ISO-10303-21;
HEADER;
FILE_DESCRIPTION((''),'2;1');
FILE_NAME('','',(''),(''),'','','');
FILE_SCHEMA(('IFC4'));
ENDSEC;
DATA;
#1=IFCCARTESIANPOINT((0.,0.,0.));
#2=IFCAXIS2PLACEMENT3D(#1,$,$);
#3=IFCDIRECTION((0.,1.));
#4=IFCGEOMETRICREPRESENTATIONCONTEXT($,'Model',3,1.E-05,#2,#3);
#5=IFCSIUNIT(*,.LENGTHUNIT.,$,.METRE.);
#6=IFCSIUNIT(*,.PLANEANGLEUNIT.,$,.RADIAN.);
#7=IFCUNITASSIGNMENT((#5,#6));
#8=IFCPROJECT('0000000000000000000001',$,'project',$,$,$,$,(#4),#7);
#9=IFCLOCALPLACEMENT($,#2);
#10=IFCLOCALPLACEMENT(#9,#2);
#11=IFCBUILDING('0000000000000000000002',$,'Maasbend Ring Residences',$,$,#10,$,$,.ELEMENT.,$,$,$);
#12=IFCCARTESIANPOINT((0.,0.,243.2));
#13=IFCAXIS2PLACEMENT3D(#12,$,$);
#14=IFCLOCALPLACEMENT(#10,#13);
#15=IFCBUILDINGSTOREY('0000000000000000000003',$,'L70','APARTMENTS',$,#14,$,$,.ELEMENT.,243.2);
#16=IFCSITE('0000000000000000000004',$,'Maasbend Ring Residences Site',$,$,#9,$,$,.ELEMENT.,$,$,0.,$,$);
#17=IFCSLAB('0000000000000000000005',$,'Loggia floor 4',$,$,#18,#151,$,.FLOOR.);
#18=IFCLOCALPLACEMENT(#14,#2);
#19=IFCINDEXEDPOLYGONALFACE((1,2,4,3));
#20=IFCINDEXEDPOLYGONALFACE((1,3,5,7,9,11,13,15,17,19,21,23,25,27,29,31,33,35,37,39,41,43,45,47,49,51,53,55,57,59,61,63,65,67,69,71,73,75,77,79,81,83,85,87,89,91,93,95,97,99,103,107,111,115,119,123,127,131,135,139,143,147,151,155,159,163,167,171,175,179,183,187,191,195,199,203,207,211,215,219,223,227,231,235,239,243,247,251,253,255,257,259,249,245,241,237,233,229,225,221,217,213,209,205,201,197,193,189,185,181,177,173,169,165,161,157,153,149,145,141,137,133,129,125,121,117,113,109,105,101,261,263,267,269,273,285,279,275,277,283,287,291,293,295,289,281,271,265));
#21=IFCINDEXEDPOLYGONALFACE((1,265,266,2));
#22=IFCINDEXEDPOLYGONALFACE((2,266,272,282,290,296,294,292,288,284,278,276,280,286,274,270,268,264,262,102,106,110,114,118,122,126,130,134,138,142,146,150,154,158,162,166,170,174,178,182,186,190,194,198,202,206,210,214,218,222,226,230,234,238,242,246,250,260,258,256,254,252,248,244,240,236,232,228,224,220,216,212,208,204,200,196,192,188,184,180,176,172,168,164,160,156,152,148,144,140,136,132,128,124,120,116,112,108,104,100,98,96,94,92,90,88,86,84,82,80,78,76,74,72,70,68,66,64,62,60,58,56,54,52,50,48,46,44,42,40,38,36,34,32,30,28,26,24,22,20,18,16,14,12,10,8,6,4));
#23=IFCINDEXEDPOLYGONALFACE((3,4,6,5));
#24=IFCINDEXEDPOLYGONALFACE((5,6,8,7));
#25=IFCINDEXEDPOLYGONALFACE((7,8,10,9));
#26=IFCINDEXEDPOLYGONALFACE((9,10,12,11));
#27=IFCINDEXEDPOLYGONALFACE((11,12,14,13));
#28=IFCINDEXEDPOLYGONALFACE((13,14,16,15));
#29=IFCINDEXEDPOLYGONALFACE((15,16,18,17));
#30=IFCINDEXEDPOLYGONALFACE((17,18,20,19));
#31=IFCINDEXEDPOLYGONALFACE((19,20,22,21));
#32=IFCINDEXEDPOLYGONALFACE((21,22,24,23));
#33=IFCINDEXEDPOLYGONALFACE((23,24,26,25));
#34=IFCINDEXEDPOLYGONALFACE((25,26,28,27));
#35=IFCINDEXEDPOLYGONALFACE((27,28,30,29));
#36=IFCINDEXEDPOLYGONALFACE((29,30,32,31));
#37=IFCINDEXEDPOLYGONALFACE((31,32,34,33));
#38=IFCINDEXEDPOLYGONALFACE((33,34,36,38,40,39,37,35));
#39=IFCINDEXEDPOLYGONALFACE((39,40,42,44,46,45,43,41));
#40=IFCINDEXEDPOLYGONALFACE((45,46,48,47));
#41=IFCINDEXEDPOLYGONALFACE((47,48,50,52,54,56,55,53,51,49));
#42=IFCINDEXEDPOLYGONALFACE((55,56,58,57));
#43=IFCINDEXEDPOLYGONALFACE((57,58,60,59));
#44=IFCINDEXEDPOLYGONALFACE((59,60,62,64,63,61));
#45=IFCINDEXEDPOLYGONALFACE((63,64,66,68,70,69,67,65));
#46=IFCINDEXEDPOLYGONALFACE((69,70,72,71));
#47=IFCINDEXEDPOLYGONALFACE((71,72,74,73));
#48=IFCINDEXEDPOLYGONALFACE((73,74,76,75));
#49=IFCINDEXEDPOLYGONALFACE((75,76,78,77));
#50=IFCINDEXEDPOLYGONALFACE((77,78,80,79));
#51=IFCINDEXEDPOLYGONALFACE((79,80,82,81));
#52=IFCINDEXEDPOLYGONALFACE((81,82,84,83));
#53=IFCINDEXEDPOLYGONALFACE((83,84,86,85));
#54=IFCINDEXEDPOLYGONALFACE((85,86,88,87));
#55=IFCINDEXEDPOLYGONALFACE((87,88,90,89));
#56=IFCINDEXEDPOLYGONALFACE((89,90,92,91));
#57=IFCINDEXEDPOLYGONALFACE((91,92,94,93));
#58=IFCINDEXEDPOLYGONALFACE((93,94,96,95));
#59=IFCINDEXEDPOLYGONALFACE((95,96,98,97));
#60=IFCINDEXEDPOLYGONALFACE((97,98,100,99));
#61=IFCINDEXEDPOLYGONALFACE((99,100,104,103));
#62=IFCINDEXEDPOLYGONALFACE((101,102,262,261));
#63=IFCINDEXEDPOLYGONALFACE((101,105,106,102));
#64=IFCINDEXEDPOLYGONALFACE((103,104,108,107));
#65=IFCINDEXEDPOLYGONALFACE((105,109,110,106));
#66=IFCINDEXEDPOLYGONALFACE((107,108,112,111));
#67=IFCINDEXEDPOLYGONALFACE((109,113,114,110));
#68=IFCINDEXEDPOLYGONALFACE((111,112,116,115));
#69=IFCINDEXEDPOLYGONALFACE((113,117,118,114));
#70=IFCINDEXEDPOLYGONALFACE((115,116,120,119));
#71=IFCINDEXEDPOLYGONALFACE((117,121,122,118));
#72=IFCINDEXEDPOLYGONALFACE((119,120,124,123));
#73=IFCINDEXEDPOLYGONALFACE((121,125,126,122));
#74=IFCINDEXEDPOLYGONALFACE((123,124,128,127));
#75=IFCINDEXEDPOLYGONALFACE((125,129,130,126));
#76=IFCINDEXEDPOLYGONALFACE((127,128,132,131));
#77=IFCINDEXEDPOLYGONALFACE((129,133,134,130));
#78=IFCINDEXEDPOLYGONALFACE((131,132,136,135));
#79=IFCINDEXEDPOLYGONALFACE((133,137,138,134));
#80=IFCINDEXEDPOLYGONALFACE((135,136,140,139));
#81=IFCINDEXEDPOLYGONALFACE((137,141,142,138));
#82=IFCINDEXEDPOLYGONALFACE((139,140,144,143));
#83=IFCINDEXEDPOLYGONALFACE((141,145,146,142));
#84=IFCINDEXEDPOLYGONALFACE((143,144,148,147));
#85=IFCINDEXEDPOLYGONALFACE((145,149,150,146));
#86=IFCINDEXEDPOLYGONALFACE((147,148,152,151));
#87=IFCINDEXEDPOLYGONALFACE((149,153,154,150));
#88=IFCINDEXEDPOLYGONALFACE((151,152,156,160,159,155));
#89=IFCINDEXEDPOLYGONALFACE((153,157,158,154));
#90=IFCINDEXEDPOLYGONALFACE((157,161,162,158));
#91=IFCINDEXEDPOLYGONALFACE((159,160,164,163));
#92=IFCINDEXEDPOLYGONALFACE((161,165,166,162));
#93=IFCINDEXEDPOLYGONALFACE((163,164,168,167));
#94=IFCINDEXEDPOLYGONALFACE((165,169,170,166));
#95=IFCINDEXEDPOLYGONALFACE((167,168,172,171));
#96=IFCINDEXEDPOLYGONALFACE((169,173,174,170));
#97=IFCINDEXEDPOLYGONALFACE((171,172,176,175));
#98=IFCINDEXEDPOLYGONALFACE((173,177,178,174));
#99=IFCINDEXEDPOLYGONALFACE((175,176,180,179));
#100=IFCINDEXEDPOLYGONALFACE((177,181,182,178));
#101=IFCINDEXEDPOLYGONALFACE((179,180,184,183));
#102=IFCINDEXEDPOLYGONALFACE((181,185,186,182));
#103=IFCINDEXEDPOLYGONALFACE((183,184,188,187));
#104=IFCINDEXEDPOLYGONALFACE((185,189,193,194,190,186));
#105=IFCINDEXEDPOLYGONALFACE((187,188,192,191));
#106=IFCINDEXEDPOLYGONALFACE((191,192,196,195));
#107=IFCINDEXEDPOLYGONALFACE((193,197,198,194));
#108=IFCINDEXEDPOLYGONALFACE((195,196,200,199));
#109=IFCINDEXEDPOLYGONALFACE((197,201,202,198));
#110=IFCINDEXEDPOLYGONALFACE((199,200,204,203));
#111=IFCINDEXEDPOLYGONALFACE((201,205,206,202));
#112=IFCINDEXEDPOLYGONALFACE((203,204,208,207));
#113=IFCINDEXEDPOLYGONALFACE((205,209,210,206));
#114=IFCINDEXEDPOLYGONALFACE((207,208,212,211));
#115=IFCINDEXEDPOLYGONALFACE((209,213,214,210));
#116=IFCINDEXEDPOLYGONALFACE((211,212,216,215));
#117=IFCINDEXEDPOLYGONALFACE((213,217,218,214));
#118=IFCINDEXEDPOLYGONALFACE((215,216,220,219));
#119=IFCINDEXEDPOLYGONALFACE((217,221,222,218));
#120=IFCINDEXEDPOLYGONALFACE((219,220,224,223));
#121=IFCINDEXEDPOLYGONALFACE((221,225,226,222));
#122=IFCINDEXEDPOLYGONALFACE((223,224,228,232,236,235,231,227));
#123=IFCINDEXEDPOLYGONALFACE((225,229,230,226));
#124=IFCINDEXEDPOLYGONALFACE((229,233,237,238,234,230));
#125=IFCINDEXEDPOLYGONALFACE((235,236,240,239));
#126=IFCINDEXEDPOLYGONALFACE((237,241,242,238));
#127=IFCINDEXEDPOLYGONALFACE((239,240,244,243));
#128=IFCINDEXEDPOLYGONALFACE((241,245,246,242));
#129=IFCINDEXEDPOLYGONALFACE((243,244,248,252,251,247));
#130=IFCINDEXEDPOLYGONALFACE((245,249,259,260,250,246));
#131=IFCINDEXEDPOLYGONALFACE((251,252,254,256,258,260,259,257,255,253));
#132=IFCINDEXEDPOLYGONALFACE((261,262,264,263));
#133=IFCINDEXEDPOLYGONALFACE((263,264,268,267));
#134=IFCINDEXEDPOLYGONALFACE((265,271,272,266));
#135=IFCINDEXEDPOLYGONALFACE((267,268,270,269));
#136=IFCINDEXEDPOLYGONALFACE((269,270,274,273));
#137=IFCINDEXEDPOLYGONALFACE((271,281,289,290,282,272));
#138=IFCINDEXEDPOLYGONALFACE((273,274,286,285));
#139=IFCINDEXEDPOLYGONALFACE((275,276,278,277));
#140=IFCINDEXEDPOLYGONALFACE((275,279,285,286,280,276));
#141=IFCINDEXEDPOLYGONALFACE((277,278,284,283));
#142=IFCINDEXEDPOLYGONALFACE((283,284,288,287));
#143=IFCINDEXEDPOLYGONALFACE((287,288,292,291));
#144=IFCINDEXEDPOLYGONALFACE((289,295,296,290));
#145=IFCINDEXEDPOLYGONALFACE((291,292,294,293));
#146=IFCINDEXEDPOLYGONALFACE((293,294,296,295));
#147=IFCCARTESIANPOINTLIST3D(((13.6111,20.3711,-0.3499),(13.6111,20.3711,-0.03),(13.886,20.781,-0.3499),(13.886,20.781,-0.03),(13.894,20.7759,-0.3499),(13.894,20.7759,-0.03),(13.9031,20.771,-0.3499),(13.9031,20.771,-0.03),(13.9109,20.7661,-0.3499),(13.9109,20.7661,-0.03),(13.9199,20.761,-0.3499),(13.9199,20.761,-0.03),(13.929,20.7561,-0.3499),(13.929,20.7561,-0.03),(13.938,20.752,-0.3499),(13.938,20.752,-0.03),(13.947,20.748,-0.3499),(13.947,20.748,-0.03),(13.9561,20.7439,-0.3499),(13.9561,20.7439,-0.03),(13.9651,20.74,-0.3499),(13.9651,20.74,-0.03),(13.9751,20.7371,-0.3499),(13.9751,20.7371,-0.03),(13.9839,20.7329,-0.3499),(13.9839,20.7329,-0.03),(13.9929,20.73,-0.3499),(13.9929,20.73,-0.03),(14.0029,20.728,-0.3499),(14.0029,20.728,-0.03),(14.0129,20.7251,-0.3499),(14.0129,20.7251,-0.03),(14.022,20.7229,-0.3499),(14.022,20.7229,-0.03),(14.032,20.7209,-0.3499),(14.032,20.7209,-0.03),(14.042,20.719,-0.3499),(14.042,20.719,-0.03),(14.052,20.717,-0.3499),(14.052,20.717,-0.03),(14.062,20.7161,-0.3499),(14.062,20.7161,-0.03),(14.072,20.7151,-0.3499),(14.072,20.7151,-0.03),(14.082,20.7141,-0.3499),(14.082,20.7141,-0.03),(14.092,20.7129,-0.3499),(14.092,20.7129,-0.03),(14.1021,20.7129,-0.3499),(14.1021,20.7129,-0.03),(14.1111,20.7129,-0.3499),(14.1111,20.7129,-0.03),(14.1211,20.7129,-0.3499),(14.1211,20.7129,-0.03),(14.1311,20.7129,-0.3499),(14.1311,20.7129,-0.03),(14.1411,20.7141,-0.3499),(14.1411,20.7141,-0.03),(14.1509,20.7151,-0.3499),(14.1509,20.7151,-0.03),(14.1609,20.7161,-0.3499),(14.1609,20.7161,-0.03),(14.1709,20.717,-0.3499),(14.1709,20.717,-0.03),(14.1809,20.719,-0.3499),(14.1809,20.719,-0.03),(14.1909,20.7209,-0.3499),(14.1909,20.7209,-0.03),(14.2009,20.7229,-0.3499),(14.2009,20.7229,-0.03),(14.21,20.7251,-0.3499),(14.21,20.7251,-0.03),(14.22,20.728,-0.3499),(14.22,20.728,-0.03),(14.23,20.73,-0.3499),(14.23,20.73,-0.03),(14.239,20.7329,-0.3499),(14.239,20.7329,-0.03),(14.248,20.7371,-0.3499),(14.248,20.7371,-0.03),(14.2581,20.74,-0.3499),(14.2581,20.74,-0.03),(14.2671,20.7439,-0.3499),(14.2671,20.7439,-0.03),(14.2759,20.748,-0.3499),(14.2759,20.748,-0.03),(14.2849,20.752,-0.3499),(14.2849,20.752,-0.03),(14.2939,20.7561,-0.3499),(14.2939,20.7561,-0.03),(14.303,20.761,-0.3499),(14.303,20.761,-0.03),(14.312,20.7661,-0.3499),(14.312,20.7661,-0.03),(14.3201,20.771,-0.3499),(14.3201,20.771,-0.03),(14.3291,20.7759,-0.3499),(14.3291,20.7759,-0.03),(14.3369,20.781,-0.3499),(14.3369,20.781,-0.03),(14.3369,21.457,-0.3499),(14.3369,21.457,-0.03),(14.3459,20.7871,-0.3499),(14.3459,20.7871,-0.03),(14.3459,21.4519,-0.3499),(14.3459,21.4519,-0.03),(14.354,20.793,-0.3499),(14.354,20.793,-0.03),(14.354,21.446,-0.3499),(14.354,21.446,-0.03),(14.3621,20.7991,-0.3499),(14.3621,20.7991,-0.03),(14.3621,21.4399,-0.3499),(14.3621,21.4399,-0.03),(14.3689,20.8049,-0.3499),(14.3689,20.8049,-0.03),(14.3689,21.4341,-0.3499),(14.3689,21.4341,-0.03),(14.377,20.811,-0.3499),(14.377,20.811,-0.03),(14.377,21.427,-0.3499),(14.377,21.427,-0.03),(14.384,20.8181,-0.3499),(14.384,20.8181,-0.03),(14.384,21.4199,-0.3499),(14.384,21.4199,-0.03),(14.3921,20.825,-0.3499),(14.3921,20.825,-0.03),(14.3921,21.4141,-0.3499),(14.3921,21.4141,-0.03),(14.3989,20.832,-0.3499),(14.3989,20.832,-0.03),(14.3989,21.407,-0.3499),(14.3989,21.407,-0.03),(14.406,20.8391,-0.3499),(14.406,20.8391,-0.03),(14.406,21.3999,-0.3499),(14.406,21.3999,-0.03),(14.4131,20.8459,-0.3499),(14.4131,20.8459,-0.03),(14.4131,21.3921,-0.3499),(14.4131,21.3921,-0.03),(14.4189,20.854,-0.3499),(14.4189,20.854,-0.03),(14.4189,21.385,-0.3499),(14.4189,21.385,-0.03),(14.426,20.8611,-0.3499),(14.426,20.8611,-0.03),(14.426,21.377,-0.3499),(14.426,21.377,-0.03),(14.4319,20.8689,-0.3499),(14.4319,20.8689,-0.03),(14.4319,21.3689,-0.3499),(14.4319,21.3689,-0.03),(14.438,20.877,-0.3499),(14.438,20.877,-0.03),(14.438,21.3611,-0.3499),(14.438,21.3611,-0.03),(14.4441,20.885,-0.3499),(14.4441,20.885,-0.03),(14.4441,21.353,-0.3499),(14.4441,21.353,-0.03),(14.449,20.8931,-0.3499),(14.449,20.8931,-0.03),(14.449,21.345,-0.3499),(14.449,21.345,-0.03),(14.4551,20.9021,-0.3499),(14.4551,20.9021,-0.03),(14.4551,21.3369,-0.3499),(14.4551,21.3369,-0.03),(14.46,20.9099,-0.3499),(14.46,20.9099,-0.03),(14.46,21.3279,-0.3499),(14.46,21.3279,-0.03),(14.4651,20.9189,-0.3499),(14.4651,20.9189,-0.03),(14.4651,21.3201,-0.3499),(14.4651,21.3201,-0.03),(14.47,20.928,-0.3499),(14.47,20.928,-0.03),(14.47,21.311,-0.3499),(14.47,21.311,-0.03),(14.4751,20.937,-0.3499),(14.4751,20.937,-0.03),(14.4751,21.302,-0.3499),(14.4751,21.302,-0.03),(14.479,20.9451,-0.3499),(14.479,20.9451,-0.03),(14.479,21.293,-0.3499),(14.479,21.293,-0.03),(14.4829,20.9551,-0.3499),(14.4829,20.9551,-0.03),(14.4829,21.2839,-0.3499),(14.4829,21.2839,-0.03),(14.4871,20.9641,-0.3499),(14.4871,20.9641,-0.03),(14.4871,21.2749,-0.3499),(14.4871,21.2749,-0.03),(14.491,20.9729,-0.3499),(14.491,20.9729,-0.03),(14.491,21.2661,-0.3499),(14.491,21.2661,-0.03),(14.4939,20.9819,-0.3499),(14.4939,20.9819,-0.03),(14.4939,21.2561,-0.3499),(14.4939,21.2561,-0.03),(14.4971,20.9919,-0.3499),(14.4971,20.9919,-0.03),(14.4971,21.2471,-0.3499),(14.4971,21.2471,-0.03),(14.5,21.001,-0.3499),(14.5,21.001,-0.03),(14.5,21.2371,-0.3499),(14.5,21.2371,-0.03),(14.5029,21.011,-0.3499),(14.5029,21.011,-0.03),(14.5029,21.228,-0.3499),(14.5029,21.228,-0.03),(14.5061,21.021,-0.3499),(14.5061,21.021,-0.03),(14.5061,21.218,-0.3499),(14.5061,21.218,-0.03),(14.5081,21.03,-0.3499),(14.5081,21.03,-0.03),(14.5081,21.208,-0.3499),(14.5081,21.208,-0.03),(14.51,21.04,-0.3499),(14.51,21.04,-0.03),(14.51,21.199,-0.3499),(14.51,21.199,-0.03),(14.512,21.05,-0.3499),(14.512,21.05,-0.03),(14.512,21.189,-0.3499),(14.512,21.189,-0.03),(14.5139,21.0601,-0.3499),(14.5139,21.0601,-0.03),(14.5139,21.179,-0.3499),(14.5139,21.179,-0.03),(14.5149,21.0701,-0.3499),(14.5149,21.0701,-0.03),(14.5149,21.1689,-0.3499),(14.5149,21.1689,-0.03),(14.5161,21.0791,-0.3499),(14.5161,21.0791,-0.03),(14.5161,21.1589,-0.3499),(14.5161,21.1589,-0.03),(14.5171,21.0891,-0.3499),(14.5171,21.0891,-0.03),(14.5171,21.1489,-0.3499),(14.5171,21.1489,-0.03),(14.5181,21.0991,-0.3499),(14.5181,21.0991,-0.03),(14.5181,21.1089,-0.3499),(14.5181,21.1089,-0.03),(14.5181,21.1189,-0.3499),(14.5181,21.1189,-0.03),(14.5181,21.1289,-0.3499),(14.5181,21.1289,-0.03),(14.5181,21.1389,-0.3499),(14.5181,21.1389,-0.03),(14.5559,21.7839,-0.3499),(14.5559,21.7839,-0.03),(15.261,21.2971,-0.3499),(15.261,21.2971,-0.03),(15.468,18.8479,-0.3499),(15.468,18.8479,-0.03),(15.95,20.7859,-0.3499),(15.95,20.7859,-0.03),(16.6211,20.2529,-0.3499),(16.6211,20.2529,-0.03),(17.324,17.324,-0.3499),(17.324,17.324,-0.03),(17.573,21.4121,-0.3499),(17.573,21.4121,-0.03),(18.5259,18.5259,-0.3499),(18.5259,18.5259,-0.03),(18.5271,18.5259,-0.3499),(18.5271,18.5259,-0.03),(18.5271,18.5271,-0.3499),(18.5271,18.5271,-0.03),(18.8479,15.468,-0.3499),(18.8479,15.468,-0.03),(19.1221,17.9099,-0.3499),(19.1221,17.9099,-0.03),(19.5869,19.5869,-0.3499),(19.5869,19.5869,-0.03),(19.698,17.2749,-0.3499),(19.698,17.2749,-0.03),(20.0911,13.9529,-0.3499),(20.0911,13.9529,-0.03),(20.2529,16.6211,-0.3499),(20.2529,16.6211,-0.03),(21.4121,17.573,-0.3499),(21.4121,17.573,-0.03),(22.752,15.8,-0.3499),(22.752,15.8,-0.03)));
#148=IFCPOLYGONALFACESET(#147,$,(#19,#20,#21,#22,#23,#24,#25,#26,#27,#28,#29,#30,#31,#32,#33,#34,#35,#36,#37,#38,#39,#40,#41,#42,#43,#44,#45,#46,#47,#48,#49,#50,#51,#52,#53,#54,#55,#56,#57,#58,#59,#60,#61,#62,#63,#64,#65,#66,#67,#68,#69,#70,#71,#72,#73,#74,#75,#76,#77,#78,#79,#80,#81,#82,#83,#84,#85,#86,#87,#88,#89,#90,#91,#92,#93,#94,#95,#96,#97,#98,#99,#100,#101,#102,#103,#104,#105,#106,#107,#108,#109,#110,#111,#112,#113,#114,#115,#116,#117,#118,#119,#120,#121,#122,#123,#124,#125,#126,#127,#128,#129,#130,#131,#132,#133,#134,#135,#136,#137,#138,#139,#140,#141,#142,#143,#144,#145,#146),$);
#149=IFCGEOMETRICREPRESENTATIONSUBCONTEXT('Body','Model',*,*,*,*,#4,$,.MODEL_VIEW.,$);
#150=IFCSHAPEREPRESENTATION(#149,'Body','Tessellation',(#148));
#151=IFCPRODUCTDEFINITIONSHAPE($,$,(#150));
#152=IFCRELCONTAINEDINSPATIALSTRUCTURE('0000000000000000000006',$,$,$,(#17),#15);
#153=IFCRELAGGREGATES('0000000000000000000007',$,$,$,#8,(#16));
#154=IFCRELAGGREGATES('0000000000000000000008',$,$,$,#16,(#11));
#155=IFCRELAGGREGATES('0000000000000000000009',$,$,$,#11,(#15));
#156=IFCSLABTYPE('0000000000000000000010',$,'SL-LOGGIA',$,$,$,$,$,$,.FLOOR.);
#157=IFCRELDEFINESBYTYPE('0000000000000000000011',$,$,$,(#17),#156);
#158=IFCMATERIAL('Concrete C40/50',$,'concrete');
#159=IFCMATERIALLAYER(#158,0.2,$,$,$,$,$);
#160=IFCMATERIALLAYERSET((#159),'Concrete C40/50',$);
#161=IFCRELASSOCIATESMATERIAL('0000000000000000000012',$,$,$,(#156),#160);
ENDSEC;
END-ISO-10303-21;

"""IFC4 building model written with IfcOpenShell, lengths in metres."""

from ifc_helpers import new_model, si_unit, direction, frame, origin, place, context, subcontext, project, spatial, polyline, outline, extrude, material, layer, layer_set, type_object, element, save


model = new_model("IFC4")

# Units and contexts
model_context = context("Model", 3, precision=1e-05, world=origin(), true_north=direction((0.0, 1.0)))
body_context = subcontext(model_context, "Body", "Model", "MODEL_VIEW")
ifc_project = project(units=[si_unit("LENGTHUNIT", "METRE"), si_unit("PLANEANGLEUNIT", "RADIAN")], contexts=[model_context])

# Site, building, storey
site_placement = place(None, origin())
site = spatial("IfcSite", under=ifc_project, at=site_placement, Name="Maasbend Ring Residences Site", CompositionType="ELEMENT", RefElevation=0.0)
building_placement = place(site_placement, origin())
building = spatial("IfcBuilding", under=site, at=building_placement, Name="Maasbend Ring Residences", CompositionType="ELEMENT")
storey_placement = place(building_placement, frame((0.0, 0.0, 243.2)))
storey = spatial("IfcBuildingStorey", under=building, at=storey_placement, Name="L70", Description="APARTMENTS", CompositionType="ELEMENT", Elevation=243.2)

# Slab
ifc_material_1 = material(Name="Concrete C40/50", Category="concrete")
ifc_layer_1 = layer(ifc_material_1, 0.2)
ifc_layer_set_1 = layer_set([ifc_layer_1], Name="Concrete C40/50")
slab_type_1 = type_object("IfcSlabType", Name="SL-LOGGIA", PredefinedType="FLOOR", material=ifc_layer_set_1)
slab_1_placement = place(storey_placement, frame((0.0, 0.0, -0.3499)))
element("IfcSlab", 1, at=slab_1_placement, inside=storey, type_object=slab_type_1, Name="Loggia floor 4", PredefinedType="FLOOR", context=body_context, shape_type="SweptSolid", body=[
    extrude(outline(polyline([(13.886, 20.781), (13.894, 20.7759), (13.9031, 20.771), (13.9109, 20.7661), (13.9199, 20.761), (13.929, 20.7561), (13.938, 20.752), (13.947, 20.748), (13.9561, 20.7439), (13.9651, 20.74), (13.9751, 20.7371), (13.9839, 20.7329), (13.9929, 20.73), (14.0029, 20.728), (14.0129, 20.7251), (14.022, 20.7229), (14.032, 20.7209), (14.042, 20.719), (14.052, 20.717), (14.062, 20.7161), (14.072, 20.7151), (14.082, 20.7141), (14.092, 20.7129), (14.1021, 20.7129), (14.1111, 20.7129), (14.1211, 20.7129), (14.1311, 20.7129), (14.1411, 20.7141), (14.1509, 20.7151), (14.1609, 20.7161), (14.1709, 20.717), (14.1809, 20.719), (14.1909, 20.7209), (14.2009, 20.7229), (14.21, 20.7251), (14.22, 20.728), (14.23, 20.73), (14.239, 20.7329), (14.248, 20.7371), (14.2581, 20.74), (14.2671, 20.7439), (14.2759, 20.748), (14.2849, 20.752), (14.2939, 20.7561), (14.303, 20.761), (14.312, 20.7661), (14.3201, 20.771), (14.3291, 20.7759), (14.3369, 20.781), (14.3459, 20.7871), (14.354, 20.793), (14.3621, 20.7991), (14.3689, 20.8049), (14.377, 20.811), (14.384, 20.8181), (14.3921, 20.825), (14.3989, 20.832), (14.406, 20.8391), (14.4131, 20.8459), (14.4189, 20.854), (14.426, 20.8611), (14.4319, 20.8689), (14.438, 20.877), (14.4441, 20.885), (14.449, 20.8931), (14.4551, 20.9021), (14.46, 20.9099), (14.4651, 20.9189), (14.47, 20.928), (14.4751, 20.937), (14.479, 20.9451), (14.4829, 20.9551), (14.4871, 20.9641), (14.491, 20.9729), (14.4939, 20.9819), (14.4971, 20.9919), (14.5, 21.001), (14.5029, 21.011), (14.5061, 21.021), (14.5081, 21.03), (14.51, 21.04), (14.512, 21.05), (14.5139, 21.0601), (14.5149, 21.0701), (14.5161, 21.0791), (14.5171, 21.0891), (14.5181, 21.0991), (14.5181, 21.1089), (14.5181, 21.1189), (14.5181, 21.1289), (14.5181, 21.1389), (14.5171, 21.1489), (14.5161, 21.1589), (14.5149, 21.1689), (14.5139, 21.179), (14.512, 21.189), (14.51, 21.199), (14.5081, 21.208), (14.5061, 21.218), (14.5029, 21.228), (14.5, 21.2371), (14.4971, 21.2471), (14.4939, 21.2561), (14.491, 21.2661), (14.4871, 21.2749), (14.4829, 21.2839), (14.479, 21.293), (14.4751, 21.302), (14.47, 21.311), (14.4651, 21.3201), (14.46, 21.3279), (14.4551, 21.3369), (14.449, 21.345), (14.4441, 21.353), (14.438, 21.3611), (14.4319, 21.3689), (14.426, 21.377), (14.4189, 21.385), (14.4131, 21.3921), (14.406, 21.3999), (14.3989, 21.407), (14.3921, 21.4141), (14.384, 21.4199), (14.377, 21.427), (14.3689, 21.4341), (14.3621, 21.4399), (14.354, 21.446), (14.3459, 21.4519), (14.3369, 21.457), (14.5559, 21.7839), (15.261, 21.2971), (15.95, 20.7859), (16.6211, 20.2529), (16.6211, 20.2529), (16.6211, 20.2529), (16.6211, 20.2529), (16.6211, 20.2529), (16.6211, 20.2529), (16.6211, 20.2529), (16.6211, 20.2529), (16.6211, 20.2529), (16.6211, 20.2529), (16.6211, 20.2529), (16.6211, 20.2529), (16.6211, 20.2529), (16.6211, 20.2529), (16.6211, 20.2529), (16.6211, 20.2529), (16.6211, 20.2529), (17.573, 21.4121), (19.5869, 19.5869), (18.5271, 18.5271), (18.5271, 18.5271), (18.5259, 18.5259), (18.5259, 18.5259), (18.5259, 18.5259), (18.5259, 18.5259), (18.5259, 18.5259), (18.5259, 18.5259), (18.5259, 18.5259), (18.5259, 18.5259), (18.5259, 18.5259), (18.5259, 18.5259), (18.5259, 18.5259), (18.5259, 18.5259), (18.5259, 18.5259), (18.5271, 18.5259), (18.5271, 18.5259), (19.1221, 17.9099), (19.698, 17.2749), (20.2529, 16.6211), (20.2529, 16.6211), (20.2529, 16.6211), (20.2529, 16.6211), (20.2529, 16.6211), (20.2529, 16.6211), (20.2529, 16.6211), (20.2529, 16.6211), (20.2529, 16.6211), (20.2529, 16.6211), (20.2529, 16.6211), (20.2529, 16.6211), (20.2529, 16.6211), (20.2529, 16.6211), (20.2529, 16.6211), (20.2529, 16.6211), (20.2529, 16.6211), (21.4121, 17.573), (22.752, 15.8), (20.0911, 13.9529), (18.8479, 15.468), (17.324, 17.324), (17.324, 17.324), (17.324, 17.324), (15.468, 18.8479), (13.6111, 20.3711), (13.886, 20.781)])), origin(), (0.0, 0.0, 1.0), 0.3198),
])

save(model, "model.ifc")
